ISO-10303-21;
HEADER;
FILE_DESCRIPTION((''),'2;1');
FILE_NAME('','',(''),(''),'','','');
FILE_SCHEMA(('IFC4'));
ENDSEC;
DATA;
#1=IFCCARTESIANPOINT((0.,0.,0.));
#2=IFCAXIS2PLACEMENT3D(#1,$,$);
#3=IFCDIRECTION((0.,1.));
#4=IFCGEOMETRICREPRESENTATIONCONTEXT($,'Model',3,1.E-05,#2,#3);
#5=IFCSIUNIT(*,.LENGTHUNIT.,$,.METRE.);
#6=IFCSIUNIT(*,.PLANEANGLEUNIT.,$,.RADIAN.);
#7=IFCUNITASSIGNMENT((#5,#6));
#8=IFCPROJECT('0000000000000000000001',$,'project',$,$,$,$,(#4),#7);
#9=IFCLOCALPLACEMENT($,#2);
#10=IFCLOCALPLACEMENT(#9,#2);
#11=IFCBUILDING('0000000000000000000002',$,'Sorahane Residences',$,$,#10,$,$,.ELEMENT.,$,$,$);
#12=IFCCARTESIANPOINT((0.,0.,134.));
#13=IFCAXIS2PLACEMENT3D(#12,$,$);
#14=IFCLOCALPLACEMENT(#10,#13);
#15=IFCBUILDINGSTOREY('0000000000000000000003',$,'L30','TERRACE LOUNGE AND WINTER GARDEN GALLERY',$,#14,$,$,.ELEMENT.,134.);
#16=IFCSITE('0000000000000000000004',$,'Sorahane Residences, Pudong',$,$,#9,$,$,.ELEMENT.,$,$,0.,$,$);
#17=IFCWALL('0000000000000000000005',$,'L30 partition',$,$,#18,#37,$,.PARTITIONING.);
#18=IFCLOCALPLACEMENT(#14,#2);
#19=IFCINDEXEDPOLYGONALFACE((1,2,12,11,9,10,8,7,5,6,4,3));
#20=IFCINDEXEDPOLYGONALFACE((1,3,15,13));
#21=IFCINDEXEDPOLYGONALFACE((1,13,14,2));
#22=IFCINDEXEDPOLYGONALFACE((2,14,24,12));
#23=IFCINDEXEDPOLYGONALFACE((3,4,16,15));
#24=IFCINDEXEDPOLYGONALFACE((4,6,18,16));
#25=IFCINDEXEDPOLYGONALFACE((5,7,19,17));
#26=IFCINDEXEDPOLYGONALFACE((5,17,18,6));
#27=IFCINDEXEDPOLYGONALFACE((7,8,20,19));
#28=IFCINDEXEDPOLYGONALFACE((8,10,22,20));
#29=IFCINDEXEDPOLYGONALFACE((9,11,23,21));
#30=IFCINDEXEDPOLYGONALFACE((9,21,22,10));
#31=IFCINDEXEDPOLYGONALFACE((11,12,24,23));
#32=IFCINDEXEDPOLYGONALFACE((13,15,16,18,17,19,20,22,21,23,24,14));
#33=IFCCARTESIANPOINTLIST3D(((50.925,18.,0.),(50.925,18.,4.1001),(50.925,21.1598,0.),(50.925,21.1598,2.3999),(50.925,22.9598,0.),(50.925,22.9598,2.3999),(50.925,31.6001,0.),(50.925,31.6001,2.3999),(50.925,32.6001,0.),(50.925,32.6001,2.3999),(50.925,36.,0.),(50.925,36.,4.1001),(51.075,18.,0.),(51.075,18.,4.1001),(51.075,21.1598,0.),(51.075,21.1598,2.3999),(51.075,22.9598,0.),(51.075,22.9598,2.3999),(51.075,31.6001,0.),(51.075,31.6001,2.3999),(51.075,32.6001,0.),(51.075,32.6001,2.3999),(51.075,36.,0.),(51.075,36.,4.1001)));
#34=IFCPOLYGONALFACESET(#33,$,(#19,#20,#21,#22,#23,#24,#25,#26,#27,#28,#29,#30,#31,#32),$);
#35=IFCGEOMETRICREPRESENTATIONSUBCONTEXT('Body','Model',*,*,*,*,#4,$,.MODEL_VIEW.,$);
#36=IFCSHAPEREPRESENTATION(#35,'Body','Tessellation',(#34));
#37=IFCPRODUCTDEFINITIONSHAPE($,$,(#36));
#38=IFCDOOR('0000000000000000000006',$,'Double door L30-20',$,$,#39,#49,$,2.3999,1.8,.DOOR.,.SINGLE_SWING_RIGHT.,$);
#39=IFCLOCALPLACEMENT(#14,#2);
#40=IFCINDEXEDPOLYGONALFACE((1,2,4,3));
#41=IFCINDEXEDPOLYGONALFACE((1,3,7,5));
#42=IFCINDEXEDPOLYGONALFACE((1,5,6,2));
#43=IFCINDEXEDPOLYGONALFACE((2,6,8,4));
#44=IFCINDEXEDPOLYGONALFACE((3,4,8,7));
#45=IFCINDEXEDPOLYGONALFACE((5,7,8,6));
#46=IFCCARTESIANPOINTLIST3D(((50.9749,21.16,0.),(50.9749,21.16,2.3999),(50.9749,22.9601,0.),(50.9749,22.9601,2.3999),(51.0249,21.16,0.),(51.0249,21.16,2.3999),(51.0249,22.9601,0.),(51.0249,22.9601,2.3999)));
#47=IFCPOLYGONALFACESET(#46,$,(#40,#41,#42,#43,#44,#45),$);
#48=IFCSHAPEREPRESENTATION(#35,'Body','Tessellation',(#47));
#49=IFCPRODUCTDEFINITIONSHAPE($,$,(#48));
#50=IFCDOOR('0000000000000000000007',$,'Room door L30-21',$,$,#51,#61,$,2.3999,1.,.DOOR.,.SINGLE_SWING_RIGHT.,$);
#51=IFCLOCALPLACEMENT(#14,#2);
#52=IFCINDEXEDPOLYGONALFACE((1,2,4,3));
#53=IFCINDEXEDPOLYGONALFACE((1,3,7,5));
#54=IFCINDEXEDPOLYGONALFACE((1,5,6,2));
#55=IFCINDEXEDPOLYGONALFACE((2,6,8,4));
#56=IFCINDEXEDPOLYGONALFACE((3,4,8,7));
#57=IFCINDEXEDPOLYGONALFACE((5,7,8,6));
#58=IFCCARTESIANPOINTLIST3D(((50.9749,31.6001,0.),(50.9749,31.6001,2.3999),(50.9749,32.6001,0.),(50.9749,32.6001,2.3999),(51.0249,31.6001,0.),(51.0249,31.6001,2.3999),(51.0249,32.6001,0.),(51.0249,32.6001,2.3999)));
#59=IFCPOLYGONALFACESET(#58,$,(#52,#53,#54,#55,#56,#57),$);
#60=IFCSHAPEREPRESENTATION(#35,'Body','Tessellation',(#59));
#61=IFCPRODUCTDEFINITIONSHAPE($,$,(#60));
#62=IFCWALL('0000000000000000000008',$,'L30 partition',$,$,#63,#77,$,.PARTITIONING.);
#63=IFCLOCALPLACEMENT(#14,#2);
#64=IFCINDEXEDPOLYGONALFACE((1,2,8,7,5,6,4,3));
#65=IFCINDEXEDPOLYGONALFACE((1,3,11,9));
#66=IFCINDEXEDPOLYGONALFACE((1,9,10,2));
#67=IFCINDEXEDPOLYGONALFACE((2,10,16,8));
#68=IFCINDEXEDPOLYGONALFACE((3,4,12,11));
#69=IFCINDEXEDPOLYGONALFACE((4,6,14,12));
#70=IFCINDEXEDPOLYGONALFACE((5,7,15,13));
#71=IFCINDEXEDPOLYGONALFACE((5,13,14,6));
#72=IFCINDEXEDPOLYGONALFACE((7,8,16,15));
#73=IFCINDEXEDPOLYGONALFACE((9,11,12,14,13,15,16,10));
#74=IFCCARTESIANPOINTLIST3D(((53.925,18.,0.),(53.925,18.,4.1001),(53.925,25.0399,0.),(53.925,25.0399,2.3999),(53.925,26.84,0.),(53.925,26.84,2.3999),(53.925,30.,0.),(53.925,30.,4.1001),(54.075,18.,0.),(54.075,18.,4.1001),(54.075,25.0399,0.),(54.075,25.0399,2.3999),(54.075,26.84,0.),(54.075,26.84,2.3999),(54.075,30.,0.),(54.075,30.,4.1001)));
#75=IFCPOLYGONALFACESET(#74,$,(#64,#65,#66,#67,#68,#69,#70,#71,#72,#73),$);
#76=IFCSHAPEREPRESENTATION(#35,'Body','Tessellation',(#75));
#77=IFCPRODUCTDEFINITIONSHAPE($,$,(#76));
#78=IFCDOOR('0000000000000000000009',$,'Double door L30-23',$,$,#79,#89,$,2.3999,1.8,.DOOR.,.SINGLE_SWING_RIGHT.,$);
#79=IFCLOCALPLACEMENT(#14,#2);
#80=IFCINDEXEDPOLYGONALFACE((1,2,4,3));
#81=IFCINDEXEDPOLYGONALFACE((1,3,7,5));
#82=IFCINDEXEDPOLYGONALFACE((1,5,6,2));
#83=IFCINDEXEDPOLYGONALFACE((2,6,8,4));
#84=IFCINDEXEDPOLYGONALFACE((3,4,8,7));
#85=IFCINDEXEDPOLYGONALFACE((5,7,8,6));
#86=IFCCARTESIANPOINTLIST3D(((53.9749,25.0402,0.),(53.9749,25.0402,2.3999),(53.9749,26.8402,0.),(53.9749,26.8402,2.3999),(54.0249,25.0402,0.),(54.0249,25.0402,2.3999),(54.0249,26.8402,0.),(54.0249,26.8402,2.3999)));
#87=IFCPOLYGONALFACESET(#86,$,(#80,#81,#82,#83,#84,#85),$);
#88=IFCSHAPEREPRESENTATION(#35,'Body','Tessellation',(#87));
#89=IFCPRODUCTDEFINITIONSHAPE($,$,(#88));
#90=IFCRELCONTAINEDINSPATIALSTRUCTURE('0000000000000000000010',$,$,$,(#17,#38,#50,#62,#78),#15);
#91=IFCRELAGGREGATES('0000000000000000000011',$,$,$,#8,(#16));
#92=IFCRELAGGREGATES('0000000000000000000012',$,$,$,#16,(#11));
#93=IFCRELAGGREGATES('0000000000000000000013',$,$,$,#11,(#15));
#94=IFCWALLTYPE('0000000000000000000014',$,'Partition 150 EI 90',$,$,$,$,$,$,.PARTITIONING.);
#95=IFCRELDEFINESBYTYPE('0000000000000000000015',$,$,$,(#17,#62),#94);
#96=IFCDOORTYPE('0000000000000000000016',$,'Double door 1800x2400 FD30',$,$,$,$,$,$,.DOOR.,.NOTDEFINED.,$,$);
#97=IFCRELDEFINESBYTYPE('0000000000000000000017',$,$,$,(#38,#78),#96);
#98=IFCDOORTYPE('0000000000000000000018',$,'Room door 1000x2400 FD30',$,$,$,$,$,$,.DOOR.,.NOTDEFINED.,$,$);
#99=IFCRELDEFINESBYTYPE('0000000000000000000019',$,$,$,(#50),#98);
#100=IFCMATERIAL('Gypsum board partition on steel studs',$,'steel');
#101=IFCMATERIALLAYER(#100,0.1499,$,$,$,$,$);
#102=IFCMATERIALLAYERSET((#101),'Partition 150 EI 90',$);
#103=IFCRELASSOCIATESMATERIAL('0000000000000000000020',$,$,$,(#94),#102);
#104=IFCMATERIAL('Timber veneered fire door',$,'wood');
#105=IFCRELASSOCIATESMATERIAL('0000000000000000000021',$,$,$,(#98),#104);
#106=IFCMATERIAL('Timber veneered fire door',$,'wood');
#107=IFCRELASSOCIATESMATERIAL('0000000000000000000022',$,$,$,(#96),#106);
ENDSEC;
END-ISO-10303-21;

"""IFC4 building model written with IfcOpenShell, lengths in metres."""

from ifc_helpers import new_model, si_unit, direction, frame, frame_2d, origin, place, context, subcontext, project, spatial, rectangle, extrude, material, layer, layer_set, type_object, element, fill, save


model = new_model("IFC4")

# Units and contexts
model_context = context("Model", 3, precision=1e-05, world=origin(), true_north=direction((0.0, 1.0)))
body_context = subcontext(model_context, "Body", "Model", "MODEL_VIEW")
ifc_project = project(units=[si_unit("LENGTHUNIT", "METRE"), si_unit("PLANEANGLEUNIT", "RADIAN")], contexts=[model_context])

# Site, building, storey
site_placement = place(None, origin())
site = spatial("IfcSite", under=ifc_project, at=site_placement, Name="Sorahane Residences, Pudong", CompositionType="ELEMENT", RefElevation=0.0)
building_placement = place(site_placement, origin())
building = spatial("IfcBuilding", under=site, at=building_placement, Name="Sorahane Residences", CompositionType="ELEMENT")
storey_placement = place(building_placement, frame((0.0, 0.0, 134.0)))
storey = spatial("IfcBuildingStorey", under=building, at=storey_placement, Name="L30", Description="TERRACE LOUNGE AND WINTER GARDEN GALLERY", CompositionType="ELEMENT", Elevation=134.0)

# Wall, openings, doors
ifc_material_1 = material(Name="Gypsum board partition on steel studs", Category="steel")
ifc_layer_1 = layer(ifc_material_1, 0.1499)
ifc_layer_set_1 = layer_set([ifc_layer_1], Name="Partition 150 EI 90")
wall_type_1 = type_object("IfcWallType", Name="Partition 150 EI 90", PredefinedType="PARTITIONING", material=ifc_layer_set_1)
ifc_material_2 = material(Name="Timber veneered fire door", Category="wood")
door_type_1 = type_object("IfcDoorType", Name="Room door 1000x2400 FD30", OperationType="NOTDEFINED", PredefinedType="DOOR", material=ifc_material_2)
wall_1_placement = place(storey_placement, frame((51.0, 18.0, 0.0), z_axis=(0.0, 0.0, 1.0), x_axis=(0.0, 1.0, 0.0)))
wall_1 = element("IfcWall", 1, at=wall_1_placement, inside=storey, type_object=wall_type_1, Name="L30 partition", PredefinedType="PARTITIONING", context=body_context, shape_type="SweptSolid", body=[
    extrude(rectangle(XDim=18.0, YDim=0.1499, at=frame_2d((9.0, 0.0))), origin(), (0.0, 0.0, 1.0), 4.1001),
])
opening_1_placement = place(wall_1_placement, frame((3.1599, 0.0, 0.0)))
opening_1 = element("IfcOpeningElement", 2, at=opening_1_placement, cuts=wall_1, PredefinedType="OPENING", context=body_context, shape_type="SweptSolid", body=[
    extrude(rectangle(XDim=1.8, YDim=2.3999, at=frame_2d((0.8999, 1.2))), frame((0.0, 0.085, 0.0), z_axis=(0.0, -1.0, 0.0), x_axis=(1.0, 0.0, 0.0)), (0.0, 0.0, 1.0), 0.1699),
])
opening_2_placement = place(wall_1_placement, frame((13.6001, 0.0, 0.0)))
opening_2 = element("IfcOpeningElement", 3, at=opening_2_placement, cuts=wall_1, PredefinedType="OPENING", context=body_context, shape_type="SweptSolid", body=[
    extrude(rectangle(XDim=1.0, YDim=2.3999, at=frame_2d((0.5, 1.2))), frame((0.0, 0.085, 0.0), z_axis=(0.0, -1.0, 0.0), x_axis=(1.0, 0.0, 0.0)), (0.0, 0.0, 1.0), 0.1699),
])
ifc_material_3 = material(Name="Timber veneered fire door", Category="wood")
door_type_2 = type_object("IfcDoorType", Name="Double door 1800x2400 FD30", OperationType="NOTDEFINED", PredefinedType="DOOR", material=ifc_material_3)
door_1_placement = place(opening_1_placement, frame((1.8, 0.0, 0.0), z_axis=(0.0, 0.0, 1.0), x_axis=(-1.0, 0.0, 0.0)))
door_1 = element("IfcDoor", 4, at=door_1_placement, inside=storey, type_object=door_type_2, Name="Double door L30-20", OperationType="SINGLE_SWING_RIGHT", OverallHeight=2.3999, OverallWidth=1.8, PredefinedType="DOOR", context=body_context, shape_type="SweptSolid", body=[
    extrude(rectangle(XDim=1.8, YDim=2.3999, at=frame_2d((0.8999, 1.2))), frame((0.0, 0.0249, 0.0), z_axis=(0.0, -1.0, 0.0), x_axis=(1.0, 0.0, 0.0)), (0.0, 0.0, 1.0), 0.05),
])
fill(opening_1, door_1)
door_2_placement = place(opening_2_placement, frame((1.0, 0.0, 0.0), z_axis=(0.0, 0.0, 1.0), x_axis=(-1.0, 0.0, 0.0)))
door_2 = element("IfcDoor", 5, at=door_2_placement, inside=storey, type_object=door_type_1, Name="Room door L30-21", OperationType="SINGLE_SWING_RIGHT", OverallHeight=2.3999, OverallWidth=1.0, PredefinedType="DOOR", context=body_context, shape_type="SweptSolid", body=[
    extrude(rectangle(XDim=1.0, YDim=2.3999, at=frame_2d((0.5, 1.2))), frame((0.0, 0.0249, 0.0), z_axis=(0.0, -1.0, 0.0), x_axis=(1.0, 0.0, 0.0)), (0.0, 0.0, 1.0), 0.05),
])
fill(opening_2, door_2)

# Wall, opening, door
wall_2_placement = place(storey_placement, frame((54.0, 18.0, 0.0), z_axis=(0.0, 0.0, 1.0), x_axis=(0.0, 1.0, 0.0)))
wall_2 = element("IfcWall", 6, at=wall_2_placement, inside=storey, type_object=wall_type_1, Name="L30 partition", PredefinedType="PARTITIONING", context=body_context, shape_type="SweptSolid", body=[
    extrude(rectangle(XDim=12.0, YDim=0.1499, at=frame_2d((6.0, 0.0))), origin(), (0.0, 0.0, 1.0), 4.1001),
])
opening_3_placement = place(wall_2_placement, frame((7.04, 0.0, 0.0)))
opening_3 = element("IfcOpeningElement", 7, at=opening_3_placement, cuts=wall_2, PredefinedType="OPENING", context=body_context, shape_type="SweptSolid", body=[
    extrude(rectangle(XDim=1.8, YDim=2.3999, at=frame_2d((0.8999, 1.2))), frame((0.0, 0.085, 0.0), z_axis=(0.0, -1.0, 0.0), x_axis=(1.0, 0.0, 0.0)), (0.0, 0.0, 1.0), 0.1699),
])
door_3_placement = place(opening_3_placement, frame((1.8, 0.0, 0.0), z_axis=(0.0, 0.0, 1.0), x_axis=(-1.0, 0.0, 0.0)))
door_3 = element("IfcDoor", 8, at=door_3_placement, inside=storey, type_object=door_type_2, Name="Double door L30-23", OperationType="SINGLE_SWING_RIGHT", OverallHeight=2.3999, OverallWidth=1.8, PredefinedType="DOOR", context=body_context, shape_type="SweptSolid", body=[
    extrude(rectangle(XDim=1.8, YDim=2.3999, at=frame_2d((0.8999, 1.2))), frame((0.0, 0.0249, 0.0), z_axis=(0.0, -1.0, 0.0), x_axis=(1.0, 0.0, 0.0)), (0.0, 0.0, 1.0), 0.05),
])
fill(opening_3, door_3)

save(model, "model.ifc")
